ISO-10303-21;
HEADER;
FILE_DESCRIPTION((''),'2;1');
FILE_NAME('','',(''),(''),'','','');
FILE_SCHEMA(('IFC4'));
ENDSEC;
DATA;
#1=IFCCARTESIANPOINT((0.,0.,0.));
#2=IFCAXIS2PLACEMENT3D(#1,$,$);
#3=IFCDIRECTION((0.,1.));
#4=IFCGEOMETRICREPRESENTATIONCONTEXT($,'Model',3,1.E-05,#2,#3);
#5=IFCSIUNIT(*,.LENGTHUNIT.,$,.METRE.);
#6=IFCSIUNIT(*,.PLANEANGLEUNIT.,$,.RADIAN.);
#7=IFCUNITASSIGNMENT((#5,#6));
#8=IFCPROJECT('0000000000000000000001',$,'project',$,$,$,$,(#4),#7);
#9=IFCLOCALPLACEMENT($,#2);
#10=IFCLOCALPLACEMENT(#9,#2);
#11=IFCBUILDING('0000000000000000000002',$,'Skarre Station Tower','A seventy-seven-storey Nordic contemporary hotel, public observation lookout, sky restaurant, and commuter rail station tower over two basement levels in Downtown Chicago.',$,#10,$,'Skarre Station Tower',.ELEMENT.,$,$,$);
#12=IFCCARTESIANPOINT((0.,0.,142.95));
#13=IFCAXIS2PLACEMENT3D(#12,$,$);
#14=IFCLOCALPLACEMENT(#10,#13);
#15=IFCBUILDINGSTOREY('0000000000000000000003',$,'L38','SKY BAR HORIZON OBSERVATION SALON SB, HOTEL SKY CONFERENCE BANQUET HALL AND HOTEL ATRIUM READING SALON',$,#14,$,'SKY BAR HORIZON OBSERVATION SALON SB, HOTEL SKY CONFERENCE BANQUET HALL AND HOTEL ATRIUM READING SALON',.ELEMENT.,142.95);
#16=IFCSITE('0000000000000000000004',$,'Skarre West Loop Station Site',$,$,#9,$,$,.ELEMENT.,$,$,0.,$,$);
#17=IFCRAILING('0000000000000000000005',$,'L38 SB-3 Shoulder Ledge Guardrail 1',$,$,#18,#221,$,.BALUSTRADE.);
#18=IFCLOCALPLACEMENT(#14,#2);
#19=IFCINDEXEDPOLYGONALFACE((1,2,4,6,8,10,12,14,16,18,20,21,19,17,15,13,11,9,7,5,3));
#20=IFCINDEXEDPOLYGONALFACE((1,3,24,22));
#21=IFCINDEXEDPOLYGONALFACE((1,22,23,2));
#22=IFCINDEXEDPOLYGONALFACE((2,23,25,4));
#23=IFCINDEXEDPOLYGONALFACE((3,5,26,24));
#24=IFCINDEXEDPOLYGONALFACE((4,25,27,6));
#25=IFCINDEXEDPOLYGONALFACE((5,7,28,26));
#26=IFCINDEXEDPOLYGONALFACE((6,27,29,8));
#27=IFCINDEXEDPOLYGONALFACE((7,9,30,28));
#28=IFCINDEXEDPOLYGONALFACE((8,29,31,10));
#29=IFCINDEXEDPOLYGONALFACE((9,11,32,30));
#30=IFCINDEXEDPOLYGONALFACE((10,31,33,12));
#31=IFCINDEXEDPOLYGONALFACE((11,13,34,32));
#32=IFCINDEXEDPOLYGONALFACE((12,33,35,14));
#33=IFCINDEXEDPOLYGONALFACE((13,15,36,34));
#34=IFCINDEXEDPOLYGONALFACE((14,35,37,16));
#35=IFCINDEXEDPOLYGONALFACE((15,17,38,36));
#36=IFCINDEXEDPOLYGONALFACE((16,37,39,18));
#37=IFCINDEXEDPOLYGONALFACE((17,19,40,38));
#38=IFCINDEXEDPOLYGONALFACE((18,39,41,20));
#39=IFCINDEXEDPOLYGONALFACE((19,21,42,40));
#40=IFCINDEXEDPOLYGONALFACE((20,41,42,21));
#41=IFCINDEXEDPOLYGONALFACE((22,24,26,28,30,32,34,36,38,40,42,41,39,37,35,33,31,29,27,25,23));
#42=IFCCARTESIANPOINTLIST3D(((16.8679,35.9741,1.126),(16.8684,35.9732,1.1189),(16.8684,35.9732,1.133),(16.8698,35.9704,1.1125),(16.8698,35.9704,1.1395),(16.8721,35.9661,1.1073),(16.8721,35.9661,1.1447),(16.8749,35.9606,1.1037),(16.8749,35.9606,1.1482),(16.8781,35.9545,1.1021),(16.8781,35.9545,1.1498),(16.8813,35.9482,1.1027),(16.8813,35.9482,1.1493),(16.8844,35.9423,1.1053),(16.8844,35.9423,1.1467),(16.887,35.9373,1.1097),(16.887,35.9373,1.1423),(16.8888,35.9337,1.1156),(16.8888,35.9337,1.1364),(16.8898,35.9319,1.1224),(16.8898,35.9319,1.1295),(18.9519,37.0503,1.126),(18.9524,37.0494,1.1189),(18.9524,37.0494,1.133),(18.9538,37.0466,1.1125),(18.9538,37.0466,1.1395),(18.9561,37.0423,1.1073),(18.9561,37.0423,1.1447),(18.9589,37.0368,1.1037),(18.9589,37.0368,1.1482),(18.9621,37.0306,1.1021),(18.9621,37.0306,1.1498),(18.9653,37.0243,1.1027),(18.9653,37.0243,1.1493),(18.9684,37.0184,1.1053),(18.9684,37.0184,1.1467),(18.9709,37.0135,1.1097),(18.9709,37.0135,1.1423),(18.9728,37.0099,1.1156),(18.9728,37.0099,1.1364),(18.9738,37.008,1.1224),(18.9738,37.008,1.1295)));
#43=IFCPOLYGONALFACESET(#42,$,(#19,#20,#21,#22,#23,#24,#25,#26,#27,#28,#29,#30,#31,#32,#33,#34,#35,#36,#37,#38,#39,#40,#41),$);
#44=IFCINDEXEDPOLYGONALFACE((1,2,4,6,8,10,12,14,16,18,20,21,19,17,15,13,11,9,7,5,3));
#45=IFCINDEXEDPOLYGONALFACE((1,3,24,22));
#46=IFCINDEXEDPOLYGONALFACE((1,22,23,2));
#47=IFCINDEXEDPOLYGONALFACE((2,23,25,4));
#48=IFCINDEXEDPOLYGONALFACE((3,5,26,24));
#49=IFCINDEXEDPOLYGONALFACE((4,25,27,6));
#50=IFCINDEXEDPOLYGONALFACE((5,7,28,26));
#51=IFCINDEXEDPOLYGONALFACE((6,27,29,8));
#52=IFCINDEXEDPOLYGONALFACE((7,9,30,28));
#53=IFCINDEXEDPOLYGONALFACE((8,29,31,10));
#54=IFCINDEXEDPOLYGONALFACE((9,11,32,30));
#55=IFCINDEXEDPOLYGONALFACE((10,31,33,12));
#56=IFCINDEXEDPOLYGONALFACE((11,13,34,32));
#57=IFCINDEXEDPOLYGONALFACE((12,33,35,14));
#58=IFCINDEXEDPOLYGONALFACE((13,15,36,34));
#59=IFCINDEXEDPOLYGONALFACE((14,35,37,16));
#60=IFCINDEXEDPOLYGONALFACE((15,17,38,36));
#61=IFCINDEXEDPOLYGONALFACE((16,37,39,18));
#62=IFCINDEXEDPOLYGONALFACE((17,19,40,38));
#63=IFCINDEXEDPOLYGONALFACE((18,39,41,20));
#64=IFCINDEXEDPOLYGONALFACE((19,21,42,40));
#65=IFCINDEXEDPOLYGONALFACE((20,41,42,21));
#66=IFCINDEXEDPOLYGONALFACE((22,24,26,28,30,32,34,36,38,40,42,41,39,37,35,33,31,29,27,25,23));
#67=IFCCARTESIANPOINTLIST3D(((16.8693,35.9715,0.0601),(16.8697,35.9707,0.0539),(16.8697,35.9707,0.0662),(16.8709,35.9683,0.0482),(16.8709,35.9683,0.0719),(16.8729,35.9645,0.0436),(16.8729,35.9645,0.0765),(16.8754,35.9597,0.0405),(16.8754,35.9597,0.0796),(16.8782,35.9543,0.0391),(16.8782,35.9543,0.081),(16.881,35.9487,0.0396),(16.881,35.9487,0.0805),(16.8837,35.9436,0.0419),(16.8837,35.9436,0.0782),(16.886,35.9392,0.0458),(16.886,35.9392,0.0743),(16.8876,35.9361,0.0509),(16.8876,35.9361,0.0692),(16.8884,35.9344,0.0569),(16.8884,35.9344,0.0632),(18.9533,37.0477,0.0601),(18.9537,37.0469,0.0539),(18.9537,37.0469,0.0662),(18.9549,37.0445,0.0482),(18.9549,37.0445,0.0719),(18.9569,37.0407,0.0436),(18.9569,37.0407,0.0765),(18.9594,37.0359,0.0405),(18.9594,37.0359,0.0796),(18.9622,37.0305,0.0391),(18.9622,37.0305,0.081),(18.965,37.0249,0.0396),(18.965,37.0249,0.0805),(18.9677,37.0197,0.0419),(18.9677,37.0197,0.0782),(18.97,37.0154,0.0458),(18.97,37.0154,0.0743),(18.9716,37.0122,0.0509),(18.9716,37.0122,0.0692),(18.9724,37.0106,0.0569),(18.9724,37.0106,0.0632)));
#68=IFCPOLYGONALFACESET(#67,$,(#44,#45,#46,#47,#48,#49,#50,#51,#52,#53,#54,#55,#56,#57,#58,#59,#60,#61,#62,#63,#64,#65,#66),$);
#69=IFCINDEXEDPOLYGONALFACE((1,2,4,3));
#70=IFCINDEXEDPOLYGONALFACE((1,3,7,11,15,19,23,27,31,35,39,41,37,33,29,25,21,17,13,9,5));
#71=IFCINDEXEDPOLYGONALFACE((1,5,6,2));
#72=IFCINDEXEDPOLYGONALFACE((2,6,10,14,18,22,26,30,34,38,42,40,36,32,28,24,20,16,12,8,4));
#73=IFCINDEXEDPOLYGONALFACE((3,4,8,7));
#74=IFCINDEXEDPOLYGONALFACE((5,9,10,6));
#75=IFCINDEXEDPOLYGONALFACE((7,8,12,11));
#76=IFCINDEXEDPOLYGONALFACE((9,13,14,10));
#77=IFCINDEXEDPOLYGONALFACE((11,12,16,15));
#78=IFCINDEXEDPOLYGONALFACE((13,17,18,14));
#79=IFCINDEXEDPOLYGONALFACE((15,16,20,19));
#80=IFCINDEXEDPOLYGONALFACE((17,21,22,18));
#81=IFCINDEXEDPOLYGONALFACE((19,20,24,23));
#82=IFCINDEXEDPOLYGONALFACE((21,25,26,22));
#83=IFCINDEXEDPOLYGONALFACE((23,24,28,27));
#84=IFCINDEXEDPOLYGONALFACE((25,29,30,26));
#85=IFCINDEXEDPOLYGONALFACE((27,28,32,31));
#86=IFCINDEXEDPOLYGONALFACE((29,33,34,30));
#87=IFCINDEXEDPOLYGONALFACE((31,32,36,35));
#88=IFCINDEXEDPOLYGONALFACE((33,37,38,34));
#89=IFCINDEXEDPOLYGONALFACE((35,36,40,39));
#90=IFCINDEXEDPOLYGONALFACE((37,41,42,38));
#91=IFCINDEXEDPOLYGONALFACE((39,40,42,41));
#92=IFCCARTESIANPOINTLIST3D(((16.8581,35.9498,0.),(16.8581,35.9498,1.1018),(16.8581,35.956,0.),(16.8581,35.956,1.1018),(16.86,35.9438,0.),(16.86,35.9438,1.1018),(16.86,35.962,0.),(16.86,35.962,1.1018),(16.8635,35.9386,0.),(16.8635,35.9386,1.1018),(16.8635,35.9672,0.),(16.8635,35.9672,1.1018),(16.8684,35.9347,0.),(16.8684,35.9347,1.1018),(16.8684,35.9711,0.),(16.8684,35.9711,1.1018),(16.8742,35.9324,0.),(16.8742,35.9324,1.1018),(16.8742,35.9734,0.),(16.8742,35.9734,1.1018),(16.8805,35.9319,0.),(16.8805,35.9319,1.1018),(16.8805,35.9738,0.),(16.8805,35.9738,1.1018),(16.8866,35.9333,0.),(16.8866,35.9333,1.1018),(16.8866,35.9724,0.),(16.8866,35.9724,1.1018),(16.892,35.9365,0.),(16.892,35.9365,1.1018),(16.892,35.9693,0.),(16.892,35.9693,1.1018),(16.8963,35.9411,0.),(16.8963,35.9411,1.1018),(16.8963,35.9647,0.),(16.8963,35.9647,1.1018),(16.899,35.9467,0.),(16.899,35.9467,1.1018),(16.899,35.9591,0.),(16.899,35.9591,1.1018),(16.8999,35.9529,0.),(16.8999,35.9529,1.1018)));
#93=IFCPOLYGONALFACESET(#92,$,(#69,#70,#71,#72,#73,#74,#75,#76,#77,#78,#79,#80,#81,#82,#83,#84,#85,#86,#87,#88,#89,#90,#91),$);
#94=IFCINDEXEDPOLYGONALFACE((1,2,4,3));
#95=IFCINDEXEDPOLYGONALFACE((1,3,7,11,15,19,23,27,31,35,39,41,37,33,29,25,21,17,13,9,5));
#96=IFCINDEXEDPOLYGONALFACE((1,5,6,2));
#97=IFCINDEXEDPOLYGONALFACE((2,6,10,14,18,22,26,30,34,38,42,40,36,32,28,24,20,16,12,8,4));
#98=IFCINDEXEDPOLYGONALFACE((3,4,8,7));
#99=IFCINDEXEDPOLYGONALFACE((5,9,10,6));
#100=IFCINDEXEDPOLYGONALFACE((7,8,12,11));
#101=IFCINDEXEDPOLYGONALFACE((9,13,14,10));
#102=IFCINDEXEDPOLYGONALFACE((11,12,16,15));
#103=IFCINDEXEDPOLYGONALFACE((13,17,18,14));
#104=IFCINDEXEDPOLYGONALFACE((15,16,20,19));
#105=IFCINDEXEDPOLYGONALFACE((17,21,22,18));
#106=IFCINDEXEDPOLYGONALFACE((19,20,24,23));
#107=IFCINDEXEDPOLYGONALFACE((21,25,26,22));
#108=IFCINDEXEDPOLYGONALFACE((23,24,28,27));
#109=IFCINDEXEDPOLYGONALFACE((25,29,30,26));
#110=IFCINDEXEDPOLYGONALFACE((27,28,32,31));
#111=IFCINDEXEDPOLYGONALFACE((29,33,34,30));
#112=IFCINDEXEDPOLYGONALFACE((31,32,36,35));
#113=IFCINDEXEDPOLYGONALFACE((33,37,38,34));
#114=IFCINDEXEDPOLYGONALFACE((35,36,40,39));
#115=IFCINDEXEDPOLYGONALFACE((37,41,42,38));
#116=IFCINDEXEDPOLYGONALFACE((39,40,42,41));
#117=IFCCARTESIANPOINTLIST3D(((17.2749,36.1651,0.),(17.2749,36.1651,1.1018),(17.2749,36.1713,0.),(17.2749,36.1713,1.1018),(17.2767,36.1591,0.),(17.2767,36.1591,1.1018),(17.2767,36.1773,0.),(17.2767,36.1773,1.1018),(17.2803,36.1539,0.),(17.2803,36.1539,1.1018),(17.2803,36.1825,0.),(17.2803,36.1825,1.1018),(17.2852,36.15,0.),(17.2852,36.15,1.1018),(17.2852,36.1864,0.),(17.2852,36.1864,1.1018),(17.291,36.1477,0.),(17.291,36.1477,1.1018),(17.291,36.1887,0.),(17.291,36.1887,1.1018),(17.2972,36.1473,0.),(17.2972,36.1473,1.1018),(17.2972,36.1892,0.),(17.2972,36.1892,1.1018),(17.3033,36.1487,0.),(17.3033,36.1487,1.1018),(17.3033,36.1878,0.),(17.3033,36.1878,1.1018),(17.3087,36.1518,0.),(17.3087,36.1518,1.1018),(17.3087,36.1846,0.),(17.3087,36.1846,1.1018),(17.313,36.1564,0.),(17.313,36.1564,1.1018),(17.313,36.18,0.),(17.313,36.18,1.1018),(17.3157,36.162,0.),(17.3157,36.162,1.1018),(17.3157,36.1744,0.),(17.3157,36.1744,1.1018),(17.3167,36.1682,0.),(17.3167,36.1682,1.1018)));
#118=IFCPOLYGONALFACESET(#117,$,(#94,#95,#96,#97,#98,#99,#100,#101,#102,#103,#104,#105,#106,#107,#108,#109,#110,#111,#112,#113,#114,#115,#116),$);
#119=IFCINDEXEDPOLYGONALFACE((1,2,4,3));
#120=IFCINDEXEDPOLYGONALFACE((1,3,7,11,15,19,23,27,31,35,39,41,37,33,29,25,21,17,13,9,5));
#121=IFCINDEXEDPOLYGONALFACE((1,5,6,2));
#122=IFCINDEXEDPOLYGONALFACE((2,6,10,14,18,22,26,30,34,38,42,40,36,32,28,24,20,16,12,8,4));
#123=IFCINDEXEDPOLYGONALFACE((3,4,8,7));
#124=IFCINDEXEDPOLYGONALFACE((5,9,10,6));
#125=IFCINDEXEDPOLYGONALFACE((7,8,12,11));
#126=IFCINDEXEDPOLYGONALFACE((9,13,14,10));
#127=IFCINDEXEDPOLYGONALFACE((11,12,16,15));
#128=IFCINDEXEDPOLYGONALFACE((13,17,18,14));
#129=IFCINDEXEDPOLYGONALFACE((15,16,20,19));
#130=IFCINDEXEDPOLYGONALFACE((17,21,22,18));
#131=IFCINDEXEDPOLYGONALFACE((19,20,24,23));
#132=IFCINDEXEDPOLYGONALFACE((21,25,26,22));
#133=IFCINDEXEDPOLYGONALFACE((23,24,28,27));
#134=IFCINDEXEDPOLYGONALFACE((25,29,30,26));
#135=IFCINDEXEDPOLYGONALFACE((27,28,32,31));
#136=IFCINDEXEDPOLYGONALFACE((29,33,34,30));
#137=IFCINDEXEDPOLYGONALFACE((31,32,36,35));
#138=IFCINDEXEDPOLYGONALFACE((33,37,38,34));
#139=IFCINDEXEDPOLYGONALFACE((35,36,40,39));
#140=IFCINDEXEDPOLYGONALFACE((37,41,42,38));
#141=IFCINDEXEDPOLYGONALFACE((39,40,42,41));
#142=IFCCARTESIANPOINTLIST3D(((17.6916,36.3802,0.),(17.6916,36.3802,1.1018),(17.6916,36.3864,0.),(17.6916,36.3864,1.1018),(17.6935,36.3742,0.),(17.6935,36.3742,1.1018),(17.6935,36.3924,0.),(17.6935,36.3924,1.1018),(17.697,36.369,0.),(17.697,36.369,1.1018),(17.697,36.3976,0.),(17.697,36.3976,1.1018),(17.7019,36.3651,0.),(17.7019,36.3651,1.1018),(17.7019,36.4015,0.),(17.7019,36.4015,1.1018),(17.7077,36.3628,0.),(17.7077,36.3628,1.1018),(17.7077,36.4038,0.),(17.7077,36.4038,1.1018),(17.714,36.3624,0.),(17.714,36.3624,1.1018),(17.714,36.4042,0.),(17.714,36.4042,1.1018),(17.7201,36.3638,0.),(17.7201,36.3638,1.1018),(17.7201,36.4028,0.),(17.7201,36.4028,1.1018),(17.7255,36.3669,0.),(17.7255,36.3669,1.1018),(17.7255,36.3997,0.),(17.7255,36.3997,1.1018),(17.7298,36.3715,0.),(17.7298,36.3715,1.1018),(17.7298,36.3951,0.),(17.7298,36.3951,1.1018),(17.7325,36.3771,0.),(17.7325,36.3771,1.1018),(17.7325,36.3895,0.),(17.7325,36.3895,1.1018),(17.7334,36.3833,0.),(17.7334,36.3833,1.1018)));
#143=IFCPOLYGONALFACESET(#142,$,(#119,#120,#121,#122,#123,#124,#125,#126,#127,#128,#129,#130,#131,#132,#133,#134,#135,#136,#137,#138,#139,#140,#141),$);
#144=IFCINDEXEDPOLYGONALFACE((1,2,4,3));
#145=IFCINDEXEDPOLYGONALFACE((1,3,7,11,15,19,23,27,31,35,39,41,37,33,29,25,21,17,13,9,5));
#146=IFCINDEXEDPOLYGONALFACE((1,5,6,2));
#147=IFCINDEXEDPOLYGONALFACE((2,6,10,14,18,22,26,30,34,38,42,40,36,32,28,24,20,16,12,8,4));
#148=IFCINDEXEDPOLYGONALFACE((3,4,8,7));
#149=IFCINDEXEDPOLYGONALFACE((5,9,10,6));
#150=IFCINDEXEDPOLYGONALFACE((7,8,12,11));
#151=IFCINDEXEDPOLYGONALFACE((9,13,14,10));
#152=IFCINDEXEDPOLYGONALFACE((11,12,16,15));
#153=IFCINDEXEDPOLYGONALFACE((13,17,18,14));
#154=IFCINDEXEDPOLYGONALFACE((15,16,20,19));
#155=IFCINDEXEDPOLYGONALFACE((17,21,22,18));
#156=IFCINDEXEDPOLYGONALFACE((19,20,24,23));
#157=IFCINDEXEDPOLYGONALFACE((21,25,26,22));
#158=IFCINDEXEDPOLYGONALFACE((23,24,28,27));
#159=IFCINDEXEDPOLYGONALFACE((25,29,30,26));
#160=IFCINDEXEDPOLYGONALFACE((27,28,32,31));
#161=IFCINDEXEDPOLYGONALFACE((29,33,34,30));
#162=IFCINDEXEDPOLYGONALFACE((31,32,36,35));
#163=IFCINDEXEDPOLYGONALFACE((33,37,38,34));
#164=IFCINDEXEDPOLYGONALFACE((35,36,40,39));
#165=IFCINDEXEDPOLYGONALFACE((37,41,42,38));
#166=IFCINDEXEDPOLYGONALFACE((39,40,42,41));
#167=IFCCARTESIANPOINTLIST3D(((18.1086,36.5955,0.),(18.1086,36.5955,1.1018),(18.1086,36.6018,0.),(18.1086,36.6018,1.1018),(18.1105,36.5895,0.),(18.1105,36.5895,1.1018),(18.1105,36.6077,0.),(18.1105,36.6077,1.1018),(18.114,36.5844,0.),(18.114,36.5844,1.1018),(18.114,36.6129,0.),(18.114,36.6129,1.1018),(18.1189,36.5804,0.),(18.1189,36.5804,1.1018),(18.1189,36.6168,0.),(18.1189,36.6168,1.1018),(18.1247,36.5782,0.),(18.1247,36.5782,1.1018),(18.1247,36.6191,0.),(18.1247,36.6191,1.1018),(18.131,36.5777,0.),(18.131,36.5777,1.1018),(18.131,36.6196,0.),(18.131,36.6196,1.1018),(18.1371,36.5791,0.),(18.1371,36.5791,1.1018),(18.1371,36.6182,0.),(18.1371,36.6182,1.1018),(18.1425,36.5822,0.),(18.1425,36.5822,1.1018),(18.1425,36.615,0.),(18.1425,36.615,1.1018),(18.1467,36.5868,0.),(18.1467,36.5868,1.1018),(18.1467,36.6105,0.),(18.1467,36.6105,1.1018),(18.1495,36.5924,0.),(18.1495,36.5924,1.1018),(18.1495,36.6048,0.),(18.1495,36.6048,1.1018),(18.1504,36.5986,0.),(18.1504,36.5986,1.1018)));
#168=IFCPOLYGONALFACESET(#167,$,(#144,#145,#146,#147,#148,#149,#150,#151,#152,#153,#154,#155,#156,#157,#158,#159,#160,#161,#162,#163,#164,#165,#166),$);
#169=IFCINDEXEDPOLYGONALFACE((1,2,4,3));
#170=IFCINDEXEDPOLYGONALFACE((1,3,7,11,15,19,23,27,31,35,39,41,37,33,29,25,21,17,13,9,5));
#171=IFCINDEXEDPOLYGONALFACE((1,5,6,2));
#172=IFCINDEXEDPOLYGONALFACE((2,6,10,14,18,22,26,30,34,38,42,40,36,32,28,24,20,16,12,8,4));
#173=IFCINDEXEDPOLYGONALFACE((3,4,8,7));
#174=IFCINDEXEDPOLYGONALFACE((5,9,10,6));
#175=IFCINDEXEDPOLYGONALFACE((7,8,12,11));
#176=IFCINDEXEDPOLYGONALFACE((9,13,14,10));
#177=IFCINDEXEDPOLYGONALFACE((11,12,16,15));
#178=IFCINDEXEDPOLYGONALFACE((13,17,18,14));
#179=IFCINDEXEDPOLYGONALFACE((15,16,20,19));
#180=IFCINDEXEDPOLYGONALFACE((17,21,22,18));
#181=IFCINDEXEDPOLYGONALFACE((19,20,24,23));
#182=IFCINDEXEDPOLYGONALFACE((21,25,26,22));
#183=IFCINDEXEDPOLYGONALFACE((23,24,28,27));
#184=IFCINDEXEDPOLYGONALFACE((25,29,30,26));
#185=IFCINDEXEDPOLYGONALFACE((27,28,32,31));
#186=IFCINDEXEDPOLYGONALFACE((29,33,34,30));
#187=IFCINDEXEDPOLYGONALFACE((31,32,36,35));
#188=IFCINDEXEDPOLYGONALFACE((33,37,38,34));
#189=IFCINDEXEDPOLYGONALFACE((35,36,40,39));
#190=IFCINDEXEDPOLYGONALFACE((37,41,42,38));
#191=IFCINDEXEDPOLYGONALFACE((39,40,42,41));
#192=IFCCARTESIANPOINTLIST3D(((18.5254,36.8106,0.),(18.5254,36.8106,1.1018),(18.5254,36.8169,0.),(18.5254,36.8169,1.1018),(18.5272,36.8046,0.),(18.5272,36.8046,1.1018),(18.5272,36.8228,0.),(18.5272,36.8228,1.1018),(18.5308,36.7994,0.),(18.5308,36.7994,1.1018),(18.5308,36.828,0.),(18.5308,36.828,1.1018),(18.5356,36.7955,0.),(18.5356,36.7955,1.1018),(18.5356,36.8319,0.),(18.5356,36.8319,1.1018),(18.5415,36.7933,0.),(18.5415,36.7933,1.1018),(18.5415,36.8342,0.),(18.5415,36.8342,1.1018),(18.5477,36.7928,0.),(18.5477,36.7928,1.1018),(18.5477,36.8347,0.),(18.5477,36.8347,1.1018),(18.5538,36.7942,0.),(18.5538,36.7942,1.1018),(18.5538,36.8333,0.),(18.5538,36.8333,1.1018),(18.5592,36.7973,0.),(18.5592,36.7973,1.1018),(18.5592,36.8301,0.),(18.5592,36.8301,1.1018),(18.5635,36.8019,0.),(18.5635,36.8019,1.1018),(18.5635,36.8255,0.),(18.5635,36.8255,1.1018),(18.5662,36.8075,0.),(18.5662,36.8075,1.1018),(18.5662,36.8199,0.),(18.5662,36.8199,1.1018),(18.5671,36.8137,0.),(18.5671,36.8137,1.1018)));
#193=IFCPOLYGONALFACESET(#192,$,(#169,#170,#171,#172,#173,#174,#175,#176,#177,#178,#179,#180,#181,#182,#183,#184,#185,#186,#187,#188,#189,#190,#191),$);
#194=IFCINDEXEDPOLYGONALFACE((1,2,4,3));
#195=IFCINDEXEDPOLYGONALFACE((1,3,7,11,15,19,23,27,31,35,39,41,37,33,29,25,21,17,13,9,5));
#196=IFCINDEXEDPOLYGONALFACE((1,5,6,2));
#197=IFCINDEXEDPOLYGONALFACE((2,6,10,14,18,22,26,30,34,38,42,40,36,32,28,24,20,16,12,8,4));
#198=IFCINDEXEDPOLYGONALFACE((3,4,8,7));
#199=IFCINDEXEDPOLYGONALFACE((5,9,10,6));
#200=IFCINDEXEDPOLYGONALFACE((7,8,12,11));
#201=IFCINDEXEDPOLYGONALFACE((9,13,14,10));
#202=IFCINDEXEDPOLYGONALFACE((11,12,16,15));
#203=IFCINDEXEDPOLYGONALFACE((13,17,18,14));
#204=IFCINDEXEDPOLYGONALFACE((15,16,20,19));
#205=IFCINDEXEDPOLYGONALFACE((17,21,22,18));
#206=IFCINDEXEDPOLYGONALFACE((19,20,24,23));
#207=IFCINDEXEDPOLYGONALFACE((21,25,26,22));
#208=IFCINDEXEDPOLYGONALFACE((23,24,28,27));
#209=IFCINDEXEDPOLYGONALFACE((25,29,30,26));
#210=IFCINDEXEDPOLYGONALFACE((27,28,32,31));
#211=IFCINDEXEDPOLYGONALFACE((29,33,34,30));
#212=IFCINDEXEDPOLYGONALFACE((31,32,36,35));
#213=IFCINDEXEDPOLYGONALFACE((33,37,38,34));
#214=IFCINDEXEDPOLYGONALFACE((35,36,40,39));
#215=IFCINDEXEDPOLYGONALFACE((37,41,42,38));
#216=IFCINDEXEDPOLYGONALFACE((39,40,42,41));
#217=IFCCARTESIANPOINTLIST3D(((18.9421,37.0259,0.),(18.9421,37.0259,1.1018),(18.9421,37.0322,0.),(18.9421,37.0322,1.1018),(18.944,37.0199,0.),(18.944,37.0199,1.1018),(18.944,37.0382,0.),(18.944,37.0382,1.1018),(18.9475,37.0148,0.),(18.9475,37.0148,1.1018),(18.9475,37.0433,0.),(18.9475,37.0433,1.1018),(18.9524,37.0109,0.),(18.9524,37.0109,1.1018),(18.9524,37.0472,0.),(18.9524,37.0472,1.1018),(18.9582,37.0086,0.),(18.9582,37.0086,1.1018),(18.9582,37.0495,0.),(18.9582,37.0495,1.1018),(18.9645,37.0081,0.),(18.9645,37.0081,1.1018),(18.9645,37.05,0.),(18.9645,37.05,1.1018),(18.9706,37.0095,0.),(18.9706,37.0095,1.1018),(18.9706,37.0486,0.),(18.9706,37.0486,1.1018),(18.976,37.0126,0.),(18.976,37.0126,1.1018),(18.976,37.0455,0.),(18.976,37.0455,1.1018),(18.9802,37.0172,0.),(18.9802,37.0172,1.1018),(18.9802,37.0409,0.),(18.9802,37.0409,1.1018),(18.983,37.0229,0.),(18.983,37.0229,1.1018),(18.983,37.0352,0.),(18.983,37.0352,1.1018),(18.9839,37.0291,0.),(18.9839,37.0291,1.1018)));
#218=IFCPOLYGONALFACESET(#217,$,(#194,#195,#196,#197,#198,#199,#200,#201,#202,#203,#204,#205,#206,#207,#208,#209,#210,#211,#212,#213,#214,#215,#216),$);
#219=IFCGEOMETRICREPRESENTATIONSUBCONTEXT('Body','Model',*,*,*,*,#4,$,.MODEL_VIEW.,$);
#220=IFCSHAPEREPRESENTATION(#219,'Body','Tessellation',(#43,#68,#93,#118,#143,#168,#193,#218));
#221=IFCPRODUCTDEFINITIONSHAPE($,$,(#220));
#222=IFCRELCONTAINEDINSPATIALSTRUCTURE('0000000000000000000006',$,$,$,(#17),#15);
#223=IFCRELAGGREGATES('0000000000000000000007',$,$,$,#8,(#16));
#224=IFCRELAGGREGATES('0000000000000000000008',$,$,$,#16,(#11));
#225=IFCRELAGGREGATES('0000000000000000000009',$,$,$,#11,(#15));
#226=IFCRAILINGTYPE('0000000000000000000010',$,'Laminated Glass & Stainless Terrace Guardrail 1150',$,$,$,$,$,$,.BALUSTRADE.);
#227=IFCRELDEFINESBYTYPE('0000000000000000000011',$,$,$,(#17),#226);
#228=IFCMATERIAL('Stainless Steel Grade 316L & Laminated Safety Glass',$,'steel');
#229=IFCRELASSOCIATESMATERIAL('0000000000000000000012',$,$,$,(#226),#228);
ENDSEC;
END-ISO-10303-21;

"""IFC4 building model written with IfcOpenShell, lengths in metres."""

from ifc_helpers import new_model, si_unit, direction, frame, origin, origin_2d, place, context, subcontext, project, spatial, circle, extrude, material, type_object, element, save


model = new_model("IFC4")

# Units and contexts
model_context = context("Model", 3, precision=1e-05, world=origin(), true_north=direction((0.0, 1.0)))
body_context = subcontext(model_context, "Body", "Model", "MODEL_VIEW")
ifc_project = project(units=[si_unit("LENGTHUNIT", "METRE"), si_unit("PLANEANGLEUNIT", "RADIAN")], contexts=[model_context])

# Site, building, storey
site_placement = place(None, origin())
site = spatial("IfcSite", under=ifc_project, at=site_placement, Name="Skarre West Loop Station Site", CompositionType="ELEMENT", RefElevation=0.0)
building_placement = place(site_placement, origin())
building = spatial("IfcBuilding", under=site, at=building_placement, Name="Skarre Station Tower", Description="A seventy-seven-storey Nordic contemporary hotel, public observation lookout, sky restaurant, and commuter rail station tower over two basement levels in Downtown Chicago.", LongName="Skarre Station Tower", CompositionType="ELEMENT")
storey_placement = place(building_placement, frame((0.0, 0.0, 142.95)))
storey = spatial("IfcBuildingStorey", under=building, at=storey_placement, Name="L38", Description="SKY BAR HORIZON OBSERVATION SALON SB, HOTEL SKY CONFERENCE BANQUET HALL AND HOTEL ATRIUM READING SALON", LongName="SKY BAR HORIZON OBSERVATION SALON SB, HOTEL SKY CONFERENCE BANQUET HALL AND HOTEL ATRIUM READING SALON", CompositionType="ELEMENT", Elevation=142.95)

# Railing
ifc_material_1 = material(Name="Stainless Steel Grade 316L & Laminated Safety Glass", Category="steel")
railing_type = type_object("IfcRailingType", Name="Laminated Glass & Stainless Terrace Guardrail 1150", PredefinedType="BALUSTRADE", material=ifc_material_1)
railing_placement = place(storey_placement, frame((16.8789, 35.9529, 0.0)))
element("IfcRailing", 1, at=railing_placement, inside=storey, type_object=railing_type, Name="L38 SB-3 Shoulder Ledge Guardrail 1", PredefinedType="BALUSTRADE", context=body_context, shape_type="SweptSolid", body=[
    extrude(circle(Radius=0.0239, at=origin_2d()), frame((0.0, 0.0, 1.126), z_axis=(0.888522, 0.458834, 0.0), x_axis=(-0.458834, 0.888522, 0.0)), (0.0, 0.0, 1.0), 2.3455),
    extrude(circle(Radius=0.021, at=origin_2d()), frame((0.0, 0.0, 0.0601), z_axis=(0.888522, 0.458834, 0.0), x_axis=(-0.458834, 0.888522, 0.0)), (0.0, 0.0, 1.0), 2.3455),
    extrude(circle(Radius=0.021, at=origin_2d()), origin(), (0.0, 0.0, 1.0), 1.1018),
    extrude(circle(Radius=0.021, at=origin_2d()), frame((0.4167, 0.2153, 0.0)), (0.0, 0.0, 1.0), 1.1018),
    extrude(circle(Radius=0.021, at=origin_2d()), frame((0.8335, 0.4304, 0.0)), (0.0, 0.0, 1.0), 1.1018),
    extrude(circle(Radius=0.021, at=origin_2d()), frame((1.2505, 0.6458, 0.0)), (0.0, 0.0, 1.0), 1.1018),
    extrude(circle(Radius=0.021, at=origin_2d()), frame((1.6672, 0.8608, 0.0)), (0.0, 0.0, 1.0), 1.1018),
    extrude(circle(Radius=0.021, at=origin_2d()), frame((2.084, 1.0762, 0.0)), (0.0, 0.0, 1.0), 1.1018),
])

save(model, "model.ifc")
